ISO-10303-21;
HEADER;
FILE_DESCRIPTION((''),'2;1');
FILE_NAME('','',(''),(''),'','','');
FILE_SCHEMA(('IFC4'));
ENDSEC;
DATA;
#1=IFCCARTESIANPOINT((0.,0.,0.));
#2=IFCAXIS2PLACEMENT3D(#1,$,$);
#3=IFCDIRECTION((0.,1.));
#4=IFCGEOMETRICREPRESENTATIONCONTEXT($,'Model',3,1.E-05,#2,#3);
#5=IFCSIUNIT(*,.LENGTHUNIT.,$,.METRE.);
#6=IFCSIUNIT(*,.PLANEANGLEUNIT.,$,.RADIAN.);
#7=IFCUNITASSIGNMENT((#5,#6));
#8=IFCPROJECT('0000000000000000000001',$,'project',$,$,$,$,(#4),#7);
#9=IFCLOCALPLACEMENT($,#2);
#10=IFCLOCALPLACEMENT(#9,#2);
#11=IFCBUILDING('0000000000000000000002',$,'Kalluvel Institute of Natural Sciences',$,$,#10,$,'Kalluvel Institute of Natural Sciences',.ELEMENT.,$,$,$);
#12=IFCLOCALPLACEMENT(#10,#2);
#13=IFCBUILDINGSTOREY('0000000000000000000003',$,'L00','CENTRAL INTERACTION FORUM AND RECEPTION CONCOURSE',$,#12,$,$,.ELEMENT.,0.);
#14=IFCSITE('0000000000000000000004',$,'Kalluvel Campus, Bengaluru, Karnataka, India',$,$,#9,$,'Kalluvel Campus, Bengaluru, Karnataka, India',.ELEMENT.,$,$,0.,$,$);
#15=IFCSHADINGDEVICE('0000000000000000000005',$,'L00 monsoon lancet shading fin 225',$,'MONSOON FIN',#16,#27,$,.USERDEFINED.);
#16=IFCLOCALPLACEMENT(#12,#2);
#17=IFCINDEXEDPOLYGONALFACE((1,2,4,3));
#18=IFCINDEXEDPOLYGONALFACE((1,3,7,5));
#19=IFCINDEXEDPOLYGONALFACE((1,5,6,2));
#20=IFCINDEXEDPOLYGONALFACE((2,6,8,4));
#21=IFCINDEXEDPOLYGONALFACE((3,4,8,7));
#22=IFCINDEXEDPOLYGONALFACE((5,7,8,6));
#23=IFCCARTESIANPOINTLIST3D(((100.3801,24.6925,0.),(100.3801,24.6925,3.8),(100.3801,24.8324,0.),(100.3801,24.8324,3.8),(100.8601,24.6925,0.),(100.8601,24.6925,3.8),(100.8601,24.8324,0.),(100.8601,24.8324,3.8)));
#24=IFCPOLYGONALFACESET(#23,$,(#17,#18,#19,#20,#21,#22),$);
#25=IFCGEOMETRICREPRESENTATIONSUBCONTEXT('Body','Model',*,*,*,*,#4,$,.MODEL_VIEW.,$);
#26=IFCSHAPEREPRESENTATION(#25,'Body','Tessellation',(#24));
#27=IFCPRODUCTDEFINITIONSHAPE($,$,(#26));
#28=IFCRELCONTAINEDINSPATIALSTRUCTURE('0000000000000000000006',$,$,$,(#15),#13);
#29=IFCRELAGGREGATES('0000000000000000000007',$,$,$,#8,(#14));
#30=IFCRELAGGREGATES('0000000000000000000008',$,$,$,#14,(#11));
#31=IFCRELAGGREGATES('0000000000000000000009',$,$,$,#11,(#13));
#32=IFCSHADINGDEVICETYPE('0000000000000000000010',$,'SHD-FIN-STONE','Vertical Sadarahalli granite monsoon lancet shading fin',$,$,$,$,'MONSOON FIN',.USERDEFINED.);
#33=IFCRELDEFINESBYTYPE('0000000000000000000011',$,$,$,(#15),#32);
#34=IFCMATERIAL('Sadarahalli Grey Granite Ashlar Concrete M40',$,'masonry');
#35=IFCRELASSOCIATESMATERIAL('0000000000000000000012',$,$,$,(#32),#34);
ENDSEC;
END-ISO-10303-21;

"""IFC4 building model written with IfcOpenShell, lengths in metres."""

from ifc_helpers import new_model, si_unit, direction, frame, origin, origin_2d, place, context, subcontext, project, spatial, rectangle, extrude, material, type_object, element, save


model = new_model("IFC4")

# Units and contexts
model_context = context("Model", 3, precision=1e-05, world=origin(), true_north=direction((0.0, 1.0)))
body_context = subcontext(model_context, "Body", "Model", "MODEL_VIEW")
ifc_project = project(units=[si_unit("LENGTHUNIT", "METRE"), si_unit("PLANEANGLEUNIT", "RADIAN")], contexts=[model_context])

# Site, building, storey
site_placement = place(None, origin())
site = spatial("IfcSite", under=ifc_project, at=site_placement, Name="Kalluvel Campus, Bengaluru, Karnataka, India", LongName="Kalluvel Campus, Bengaluru, Karnataka, India", CompositionType="ELEMENT", RefElevation=0.0)
building_placement = place(site_placement, origin())
building = spatial("IfcBuilding", under=site, at=building_placement, Name="Kalluvel Institute of Natural Sciences", LongName="Kalluvel Institute of Natural Sciences", CompositionType="ELEMENT")
storey_placement = place(building_placement, origin())
storey = spatial("IfcBuildingStorey", under=building, at=storey_placement, Name="L00", Description="CENTRAL INTERACTION FORUM AND RECEPTION CONCOURSE", CompositionType="ELEMENT", Elevation=0.0)

# Shading device
ifc_material_1 = material(Name="Sadarahalli Grey Granite Ashlar Concrete M40", Category="masonry")
shading_device_type = type_object("IfcShadingDeviceType", Name="SHD-FIN-STONE", Description="Vertical Sadarahalli granite monsoon lancet shading fin", ElementType="MONSOON FIN", PredefinedType="USERDEFINED", material=ifc_material_1)
shading_device_placement = place(storey_placement, frame((100.6201, 24.7625, 0.0), z_axis=(0.0, 0.0, 1.0), x_axis=(0.0, 1.0, 0.0)))
element("IfcShadingDevice", 1, at=shading_device_placement, inside=storey, type_object=shading_device_type, Name="L00 monsoon lancet shading fin 225", ObjectType="MONSOON FIN", PredefinedType="USERDEFINED", context=body_context, shape_type="SweptSolid", body=[
    extrude(rectangle(XDim=0.1399, YDim=0.48, at=origin_2d()), origin(), (0.0, 0.0, 1.0), 3.8),
])

save(model, "model.ifc")
